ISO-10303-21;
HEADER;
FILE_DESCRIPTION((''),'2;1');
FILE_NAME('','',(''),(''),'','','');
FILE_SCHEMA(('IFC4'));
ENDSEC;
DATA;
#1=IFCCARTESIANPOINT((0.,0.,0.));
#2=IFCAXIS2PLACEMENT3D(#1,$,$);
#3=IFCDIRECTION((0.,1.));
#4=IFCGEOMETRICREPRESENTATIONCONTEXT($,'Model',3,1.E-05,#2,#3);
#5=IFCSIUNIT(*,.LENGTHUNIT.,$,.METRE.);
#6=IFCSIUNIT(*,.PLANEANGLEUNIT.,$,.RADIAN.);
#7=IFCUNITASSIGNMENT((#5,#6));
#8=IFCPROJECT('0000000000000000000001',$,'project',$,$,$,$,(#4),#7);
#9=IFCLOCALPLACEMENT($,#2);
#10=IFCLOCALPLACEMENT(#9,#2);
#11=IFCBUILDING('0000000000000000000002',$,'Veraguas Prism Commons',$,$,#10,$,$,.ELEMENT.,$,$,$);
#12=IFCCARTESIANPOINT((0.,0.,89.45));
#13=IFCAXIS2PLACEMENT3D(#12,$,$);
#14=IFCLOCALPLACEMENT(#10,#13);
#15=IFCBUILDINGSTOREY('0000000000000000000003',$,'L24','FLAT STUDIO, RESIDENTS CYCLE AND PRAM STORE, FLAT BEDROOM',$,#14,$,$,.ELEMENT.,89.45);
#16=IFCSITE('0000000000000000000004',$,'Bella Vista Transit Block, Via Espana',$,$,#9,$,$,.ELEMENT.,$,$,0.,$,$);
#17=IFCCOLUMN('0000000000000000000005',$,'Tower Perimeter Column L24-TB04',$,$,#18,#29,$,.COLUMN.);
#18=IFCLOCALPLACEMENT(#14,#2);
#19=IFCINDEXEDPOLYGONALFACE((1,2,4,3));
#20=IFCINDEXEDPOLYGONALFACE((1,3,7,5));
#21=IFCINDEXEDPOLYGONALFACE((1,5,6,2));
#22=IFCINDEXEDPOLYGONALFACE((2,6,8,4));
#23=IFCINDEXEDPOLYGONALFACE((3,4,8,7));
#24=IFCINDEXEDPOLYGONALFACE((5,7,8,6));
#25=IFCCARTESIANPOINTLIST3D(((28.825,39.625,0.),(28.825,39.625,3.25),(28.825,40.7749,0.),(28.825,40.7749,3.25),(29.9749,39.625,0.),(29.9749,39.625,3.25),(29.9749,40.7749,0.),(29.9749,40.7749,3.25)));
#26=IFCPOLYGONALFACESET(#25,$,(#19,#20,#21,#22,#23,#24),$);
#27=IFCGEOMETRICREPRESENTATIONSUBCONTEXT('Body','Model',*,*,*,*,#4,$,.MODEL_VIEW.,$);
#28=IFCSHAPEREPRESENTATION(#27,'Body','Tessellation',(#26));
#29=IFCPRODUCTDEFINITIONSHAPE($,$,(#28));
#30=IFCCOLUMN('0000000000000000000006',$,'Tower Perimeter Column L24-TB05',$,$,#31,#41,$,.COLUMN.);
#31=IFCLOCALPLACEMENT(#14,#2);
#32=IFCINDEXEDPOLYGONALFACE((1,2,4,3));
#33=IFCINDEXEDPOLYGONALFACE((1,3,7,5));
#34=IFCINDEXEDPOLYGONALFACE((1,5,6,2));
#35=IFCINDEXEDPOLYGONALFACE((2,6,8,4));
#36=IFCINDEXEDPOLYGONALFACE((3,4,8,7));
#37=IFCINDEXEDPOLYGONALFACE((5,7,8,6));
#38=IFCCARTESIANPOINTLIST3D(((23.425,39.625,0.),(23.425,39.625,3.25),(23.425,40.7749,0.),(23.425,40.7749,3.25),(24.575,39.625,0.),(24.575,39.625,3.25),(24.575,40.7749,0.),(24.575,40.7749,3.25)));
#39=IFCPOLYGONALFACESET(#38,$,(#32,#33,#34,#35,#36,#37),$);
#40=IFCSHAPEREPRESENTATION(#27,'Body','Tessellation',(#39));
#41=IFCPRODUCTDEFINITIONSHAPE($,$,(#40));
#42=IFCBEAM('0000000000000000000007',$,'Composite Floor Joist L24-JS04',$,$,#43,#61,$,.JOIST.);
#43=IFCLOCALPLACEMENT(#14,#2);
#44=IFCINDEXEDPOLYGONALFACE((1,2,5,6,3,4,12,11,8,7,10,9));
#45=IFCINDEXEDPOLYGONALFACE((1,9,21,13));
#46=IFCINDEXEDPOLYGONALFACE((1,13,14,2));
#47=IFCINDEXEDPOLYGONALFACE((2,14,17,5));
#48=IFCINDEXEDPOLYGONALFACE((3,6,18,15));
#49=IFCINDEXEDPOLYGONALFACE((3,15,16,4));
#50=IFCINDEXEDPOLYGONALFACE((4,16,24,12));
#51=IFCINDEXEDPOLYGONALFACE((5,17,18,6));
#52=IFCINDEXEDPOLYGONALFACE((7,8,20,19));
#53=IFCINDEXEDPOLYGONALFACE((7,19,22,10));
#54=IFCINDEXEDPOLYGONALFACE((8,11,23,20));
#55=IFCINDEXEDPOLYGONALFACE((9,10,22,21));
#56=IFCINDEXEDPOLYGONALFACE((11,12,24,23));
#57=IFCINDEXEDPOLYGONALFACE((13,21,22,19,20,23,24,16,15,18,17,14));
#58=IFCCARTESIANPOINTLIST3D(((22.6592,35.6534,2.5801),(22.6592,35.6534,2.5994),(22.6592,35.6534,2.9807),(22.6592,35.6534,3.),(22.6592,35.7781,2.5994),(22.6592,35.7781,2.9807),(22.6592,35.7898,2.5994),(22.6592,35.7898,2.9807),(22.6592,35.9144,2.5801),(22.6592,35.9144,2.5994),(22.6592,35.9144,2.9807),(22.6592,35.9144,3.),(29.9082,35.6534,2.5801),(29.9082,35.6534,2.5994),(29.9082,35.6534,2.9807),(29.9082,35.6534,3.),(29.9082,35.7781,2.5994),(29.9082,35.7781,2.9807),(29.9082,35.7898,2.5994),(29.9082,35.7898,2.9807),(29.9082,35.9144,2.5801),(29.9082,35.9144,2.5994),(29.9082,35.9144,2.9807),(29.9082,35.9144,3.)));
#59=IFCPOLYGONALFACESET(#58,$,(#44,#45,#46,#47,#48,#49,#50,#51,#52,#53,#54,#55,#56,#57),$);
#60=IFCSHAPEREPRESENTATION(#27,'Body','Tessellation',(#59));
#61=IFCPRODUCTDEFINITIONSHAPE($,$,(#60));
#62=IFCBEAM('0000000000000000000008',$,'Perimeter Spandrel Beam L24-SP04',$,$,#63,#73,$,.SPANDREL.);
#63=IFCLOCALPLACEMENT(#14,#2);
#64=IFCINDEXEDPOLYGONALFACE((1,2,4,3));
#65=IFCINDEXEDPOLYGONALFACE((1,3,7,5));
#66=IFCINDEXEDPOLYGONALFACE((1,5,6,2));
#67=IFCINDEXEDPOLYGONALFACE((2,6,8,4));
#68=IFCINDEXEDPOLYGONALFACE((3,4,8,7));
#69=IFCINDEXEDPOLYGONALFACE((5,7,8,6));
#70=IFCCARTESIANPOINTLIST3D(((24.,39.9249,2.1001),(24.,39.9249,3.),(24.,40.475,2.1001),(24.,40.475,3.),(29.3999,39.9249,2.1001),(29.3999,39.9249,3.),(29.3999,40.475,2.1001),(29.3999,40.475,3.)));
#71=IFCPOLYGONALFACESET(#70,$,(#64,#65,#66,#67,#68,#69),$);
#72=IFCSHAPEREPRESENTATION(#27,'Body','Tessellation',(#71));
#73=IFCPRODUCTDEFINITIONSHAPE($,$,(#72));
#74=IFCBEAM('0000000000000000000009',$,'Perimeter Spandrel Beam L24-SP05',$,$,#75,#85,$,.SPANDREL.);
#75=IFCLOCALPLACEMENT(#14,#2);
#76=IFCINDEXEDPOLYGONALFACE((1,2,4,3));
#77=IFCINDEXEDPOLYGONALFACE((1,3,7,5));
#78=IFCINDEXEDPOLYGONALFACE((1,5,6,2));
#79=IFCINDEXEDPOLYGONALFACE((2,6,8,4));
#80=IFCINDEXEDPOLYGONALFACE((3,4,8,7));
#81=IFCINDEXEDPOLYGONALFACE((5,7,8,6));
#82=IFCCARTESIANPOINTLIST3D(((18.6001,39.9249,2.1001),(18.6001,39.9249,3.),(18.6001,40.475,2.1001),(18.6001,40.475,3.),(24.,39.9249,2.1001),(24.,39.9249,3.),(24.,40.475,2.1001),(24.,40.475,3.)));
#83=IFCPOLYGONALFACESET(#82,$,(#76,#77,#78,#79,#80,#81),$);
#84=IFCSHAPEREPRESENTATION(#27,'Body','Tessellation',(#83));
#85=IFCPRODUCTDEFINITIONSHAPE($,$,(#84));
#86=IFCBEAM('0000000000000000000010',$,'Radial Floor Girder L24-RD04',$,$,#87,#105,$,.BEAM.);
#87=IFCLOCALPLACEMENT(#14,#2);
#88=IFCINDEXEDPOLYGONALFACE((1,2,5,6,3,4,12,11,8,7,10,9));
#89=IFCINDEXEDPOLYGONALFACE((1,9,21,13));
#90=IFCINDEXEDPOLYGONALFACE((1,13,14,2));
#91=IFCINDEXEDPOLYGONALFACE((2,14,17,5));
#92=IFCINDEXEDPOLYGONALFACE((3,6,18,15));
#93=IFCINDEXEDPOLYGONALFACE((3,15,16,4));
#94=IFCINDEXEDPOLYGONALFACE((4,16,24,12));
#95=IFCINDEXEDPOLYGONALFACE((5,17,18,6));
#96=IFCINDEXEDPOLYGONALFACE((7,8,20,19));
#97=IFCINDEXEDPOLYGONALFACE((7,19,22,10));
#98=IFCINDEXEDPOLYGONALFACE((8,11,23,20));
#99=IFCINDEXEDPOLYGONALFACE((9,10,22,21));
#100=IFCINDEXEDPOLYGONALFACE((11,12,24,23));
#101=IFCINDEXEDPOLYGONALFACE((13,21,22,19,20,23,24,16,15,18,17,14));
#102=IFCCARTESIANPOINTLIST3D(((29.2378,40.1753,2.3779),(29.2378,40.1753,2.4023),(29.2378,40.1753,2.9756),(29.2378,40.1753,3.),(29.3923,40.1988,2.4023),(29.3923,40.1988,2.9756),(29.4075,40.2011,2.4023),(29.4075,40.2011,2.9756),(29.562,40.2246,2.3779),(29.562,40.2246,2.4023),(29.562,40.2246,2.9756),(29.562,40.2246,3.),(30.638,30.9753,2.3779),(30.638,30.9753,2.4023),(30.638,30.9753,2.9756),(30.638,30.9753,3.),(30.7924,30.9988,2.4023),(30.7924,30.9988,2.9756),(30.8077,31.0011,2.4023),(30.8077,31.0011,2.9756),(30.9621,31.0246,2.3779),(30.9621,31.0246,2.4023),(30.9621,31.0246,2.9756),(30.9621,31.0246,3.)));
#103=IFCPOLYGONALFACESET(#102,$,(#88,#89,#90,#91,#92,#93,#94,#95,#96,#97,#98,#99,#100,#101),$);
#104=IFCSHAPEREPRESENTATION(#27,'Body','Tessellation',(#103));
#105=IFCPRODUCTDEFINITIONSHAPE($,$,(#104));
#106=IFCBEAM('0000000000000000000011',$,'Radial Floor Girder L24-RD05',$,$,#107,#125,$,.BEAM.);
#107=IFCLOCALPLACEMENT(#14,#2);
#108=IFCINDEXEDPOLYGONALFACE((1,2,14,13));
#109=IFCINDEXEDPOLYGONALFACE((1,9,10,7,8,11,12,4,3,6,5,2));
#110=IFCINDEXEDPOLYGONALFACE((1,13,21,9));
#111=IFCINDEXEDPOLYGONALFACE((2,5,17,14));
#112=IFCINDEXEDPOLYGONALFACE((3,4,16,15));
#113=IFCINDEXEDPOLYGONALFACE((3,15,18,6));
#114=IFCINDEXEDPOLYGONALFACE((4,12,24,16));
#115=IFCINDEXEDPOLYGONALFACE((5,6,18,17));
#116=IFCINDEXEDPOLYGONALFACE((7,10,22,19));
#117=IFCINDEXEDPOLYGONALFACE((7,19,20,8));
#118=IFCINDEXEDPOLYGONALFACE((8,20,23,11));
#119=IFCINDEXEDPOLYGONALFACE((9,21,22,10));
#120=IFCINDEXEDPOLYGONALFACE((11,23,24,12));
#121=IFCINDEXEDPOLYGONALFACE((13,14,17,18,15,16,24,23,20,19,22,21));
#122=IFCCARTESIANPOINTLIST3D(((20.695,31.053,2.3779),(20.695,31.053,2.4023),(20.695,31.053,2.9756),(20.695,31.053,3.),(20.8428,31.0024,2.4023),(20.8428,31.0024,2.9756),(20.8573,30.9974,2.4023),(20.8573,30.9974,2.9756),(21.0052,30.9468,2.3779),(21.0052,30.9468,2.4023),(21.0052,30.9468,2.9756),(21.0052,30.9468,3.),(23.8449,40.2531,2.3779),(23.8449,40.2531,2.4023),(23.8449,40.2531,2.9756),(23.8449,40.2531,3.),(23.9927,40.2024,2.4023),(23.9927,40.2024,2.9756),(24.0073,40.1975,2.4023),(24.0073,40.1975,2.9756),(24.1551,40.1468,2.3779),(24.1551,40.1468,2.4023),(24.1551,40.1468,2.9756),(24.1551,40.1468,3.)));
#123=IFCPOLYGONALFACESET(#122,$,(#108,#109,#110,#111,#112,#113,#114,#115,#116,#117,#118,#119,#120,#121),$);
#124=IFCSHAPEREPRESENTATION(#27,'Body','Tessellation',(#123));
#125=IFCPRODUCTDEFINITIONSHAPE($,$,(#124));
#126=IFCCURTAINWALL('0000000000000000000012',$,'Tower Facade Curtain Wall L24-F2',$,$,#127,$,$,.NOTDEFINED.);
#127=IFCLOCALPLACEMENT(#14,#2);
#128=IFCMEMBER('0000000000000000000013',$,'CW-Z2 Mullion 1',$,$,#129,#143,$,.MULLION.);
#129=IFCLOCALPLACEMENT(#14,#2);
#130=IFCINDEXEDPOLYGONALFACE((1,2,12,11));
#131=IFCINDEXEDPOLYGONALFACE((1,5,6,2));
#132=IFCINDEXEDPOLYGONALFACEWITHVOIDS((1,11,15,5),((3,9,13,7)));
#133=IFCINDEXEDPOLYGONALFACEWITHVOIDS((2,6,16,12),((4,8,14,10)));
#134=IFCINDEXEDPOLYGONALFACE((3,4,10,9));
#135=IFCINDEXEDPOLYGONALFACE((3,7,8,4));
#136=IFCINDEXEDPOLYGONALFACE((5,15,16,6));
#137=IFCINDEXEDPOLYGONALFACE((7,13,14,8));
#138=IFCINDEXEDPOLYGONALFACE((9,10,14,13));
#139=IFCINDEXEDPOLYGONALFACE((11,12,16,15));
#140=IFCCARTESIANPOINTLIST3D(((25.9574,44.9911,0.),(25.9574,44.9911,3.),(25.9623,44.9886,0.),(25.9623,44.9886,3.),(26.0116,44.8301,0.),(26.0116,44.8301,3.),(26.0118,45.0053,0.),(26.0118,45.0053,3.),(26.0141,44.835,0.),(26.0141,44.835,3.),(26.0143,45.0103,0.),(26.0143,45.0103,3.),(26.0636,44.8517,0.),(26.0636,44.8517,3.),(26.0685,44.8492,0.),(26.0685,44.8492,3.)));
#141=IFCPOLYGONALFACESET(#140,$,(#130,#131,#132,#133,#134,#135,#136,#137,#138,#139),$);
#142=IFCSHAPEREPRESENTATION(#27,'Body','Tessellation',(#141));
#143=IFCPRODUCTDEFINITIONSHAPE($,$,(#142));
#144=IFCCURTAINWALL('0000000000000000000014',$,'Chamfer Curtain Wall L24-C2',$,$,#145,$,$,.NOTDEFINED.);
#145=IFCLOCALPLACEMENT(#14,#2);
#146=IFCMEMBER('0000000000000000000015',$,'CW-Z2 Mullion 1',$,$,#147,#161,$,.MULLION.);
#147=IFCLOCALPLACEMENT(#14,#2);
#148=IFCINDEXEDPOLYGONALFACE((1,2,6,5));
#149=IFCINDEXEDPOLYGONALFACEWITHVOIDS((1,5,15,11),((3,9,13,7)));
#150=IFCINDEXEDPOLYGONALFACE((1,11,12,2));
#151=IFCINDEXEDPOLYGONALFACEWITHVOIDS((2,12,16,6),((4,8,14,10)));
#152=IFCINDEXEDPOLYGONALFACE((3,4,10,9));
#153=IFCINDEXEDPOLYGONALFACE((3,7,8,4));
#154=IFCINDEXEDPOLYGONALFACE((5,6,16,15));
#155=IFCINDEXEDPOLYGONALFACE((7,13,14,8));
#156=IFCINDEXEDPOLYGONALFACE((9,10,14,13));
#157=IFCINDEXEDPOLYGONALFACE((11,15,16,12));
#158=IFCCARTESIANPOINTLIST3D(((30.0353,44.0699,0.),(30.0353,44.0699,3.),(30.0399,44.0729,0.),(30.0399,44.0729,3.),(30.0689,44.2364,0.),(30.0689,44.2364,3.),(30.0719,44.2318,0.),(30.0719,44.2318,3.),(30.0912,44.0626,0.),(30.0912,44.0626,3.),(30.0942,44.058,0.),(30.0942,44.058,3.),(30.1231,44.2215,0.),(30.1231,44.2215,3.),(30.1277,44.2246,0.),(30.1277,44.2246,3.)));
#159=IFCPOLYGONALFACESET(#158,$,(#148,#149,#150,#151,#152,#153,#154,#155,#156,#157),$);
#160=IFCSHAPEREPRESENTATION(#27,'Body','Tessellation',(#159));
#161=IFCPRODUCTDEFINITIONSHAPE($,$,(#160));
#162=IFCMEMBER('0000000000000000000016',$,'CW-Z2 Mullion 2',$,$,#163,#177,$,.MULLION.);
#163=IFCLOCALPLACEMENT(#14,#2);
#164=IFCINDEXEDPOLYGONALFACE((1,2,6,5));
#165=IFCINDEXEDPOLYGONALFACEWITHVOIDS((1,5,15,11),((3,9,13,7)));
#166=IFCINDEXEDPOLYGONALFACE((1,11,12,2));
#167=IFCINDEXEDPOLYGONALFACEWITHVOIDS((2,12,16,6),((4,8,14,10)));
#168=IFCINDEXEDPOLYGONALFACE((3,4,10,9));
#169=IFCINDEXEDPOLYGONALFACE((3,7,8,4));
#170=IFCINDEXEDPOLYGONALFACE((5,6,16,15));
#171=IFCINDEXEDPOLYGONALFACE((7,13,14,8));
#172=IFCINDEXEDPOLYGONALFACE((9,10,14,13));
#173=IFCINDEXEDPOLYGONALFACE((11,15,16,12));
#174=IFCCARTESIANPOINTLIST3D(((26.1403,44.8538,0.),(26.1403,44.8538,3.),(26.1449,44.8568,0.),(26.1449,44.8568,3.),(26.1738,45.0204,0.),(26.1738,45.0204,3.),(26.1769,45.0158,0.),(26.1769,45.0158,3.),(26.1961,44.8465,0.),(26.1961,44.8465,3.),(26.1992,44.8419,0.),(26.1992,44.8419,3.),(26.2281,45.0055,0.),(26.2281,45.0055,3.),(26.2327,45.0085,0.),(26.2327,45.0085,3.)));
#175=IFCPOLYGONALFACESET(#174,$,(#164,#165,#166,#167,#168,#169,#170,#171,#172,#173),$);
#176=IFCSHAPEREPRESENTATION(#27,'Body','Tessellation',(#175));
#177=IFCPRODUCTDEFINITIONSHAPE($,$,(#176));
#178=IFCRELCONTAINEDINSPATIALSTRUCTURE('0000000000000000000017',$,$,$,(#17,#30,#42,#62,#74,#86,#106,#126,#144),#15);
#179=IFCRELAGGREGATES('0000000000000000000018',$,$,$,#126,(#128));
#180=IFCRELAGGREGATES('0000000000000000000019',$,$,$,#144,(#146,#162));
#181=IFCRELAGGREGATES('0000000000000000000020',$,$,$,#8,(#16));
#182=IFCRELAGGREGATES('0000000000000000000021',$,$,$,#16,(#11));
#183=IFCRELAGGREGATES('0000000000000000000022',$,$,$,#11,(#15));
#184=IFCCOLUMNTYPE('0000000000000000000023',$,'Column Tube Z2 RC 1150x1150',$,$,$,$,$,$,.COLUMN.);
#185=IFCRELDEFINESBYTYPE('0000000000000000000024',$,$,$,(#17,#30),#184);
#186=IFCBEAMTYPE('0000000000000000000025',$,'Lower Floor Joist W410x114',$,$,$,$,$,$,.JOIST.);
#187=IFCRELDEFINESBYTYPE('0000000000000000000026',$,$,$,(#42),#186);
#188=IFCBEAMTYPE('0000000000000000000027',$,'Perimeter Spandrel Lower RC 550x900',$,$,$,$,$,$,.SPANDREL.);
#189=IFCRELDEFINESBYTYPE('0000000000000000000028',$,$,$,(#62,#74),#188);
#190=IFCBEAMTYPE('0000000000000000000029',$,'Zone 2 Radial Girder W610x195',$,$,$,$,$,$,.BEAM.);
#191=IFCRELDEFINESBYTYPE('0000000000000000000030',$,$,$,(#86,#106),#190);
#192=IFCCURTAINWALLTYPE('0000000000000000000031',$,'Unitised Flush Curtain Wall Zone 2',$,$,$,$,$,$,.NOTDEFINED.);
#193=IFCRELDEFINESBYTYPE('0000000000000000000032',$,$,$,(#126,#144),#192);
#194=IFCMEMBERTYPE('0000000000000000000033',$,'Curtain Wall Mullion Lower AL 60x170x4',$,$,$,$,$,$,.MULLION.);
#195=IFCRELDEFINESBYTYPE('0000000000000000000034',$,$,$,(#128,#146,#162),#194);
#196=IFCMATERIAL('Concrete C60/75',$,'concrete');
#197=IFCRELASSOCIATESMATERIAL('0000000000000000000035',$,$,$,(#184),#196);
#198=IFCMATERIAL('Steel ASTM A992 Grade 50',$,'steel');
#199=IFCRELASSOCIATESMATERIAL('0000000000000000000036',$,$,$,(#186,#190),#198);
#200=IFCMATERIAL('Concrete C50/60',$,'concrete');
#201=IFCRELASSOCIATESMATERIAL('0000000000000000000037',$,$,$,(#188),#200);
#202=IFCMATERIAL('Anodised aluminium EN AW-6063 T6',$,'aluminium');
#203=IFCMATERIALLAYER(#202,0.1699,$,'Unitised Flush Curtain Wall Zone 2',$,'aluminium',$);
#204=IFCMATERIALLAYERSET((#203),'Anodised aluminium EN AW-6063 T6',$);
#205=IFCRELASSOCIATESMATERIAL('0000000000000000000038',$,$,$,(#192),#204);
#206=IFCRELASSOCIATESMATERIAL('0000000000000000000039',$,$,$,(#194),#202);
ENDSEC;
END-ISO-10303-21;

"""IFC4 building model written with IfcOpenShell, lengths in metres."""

from ifc_helpers import new_model, si_unit, direction, frame, origin, origin_2d, place, context, subcontext, project, spatial, rectangle, hollow_rectangle, i_section, extrude, source, transform, mapped, material, layer, layer_set, material_profile, profile_set, type_object, element, aggregate, save


model = new_model("IFC4")

# Units and contexts
model_context = context("Model", 3, precision=1e-05, world=origin(), true_north=direction((0.0, 1.0)))
body_context = subcontext(model_context, "Body", "Model", "MODEL_VIEW")
ifc_project = project(units=[si_unit("LENGTHUNIT", "METRE"), si_unit("PLANEANGLEUNIT", "RADIAN")], contexts=[model_context])

# Site, building, storey
site_placement = place(None, origin())
site = spatial("IfcSite", under=ifc_project, at=site_placement, Name="Bella Vista Transit Block, Via Espana", CompositionType="ELEMENT", RefElevation=0.0)
building_placement = place(site_placement, origin())
building = spatial("IfcBuilding", under=site, at=building_placement, Name="Veraguas Prism Commons", CompositionType="ELEMENT")
storey_placement = place(building_placement, frame((0.0, 0.0, 89.45)))
storey = spatial("IfcBuildingStorey", under=building, at=storey_placement, Name="L24", Description="FLAT STUDIO, RESIDENTS CYCLE AND PRAM STORE, FLAT BEDROOM", CompositionType="ELEMENT", Elevation=89.45)

# Columns
ifc_material_1 = material(Name="Concrete C60/75", Category="concrete")
ifc_material_profile_1 = material_profile(ifc_material_1, rectangle(XDim=1.1499, YDim=1.1499, at=origin_2d()), Name="RC1150X1150")
ifc_profile_set_1 = profile_set([ifc_material_profile_1], Name="Concrete C60/75")
column_type = type_object("IfcColumnType", Name="Column Tube Z2 RC 1150x1150", PredefinedType="COLUMN", material=ifc_profile_set_1)
for number, where, z_axis, x_axis, name in (
    (1, (29.3999, 40.2, 0.0), (0.0, 0.0, 1.0), (1.0, 0.0, 0.0), "Tower Perimeter Column L24-TB04"),
    (2, (24.0, 40.2, 0.0), (0.0, 0.0, 1.0), (1.0, 0.0, 0.0), "Tower Perimeter Column L24-TB05"),
):
    element("IfcColumn", number, at=place(storey_placement, frame(where, z_axis=z_axis, x_axis=x_axis)), inside=storey, type_object=column_type, Name=name, PredefinedType="COLUMN", context=body_context, shape_type="SweptSolid", body=[
        extrude(rectangle(XDim=1.1499, YDim=1.1499, at=origin_2d()), origin(), (0.0, 0.0, 1.0), 3.25),
    ])

# Beams
ifc_material_2 = material(Name="Steel ASTM A992 Grade 50", Category="steel")
ifc_material_profile_2 = material_profile(ifc_material_2, i_section(OverallWidth=0.261, OverallDepth=0.4199, WebThickness=0.0117, FlangeThickness=0.0193, at=origin_2d()), Name="W410X114")
ifc_profile_set_2 = profile_set([ifc_material_profile_2], Name="Steel ASTM A992 Grade 50")
beam_type_1 = type_object("IfcBeamType", Name="Lower Floor Joist W410x114", PredefinedType="JOIST", material=ifc_profile_set_2)
beam_1_placement = place(storey_placement, frame((29.9082, 35.7839, 2.79), z_axis=(-1.0, 0.0, 0.0), x_axis=(0.0, -1.0, 0.0)))
element("IfcBeam", 3, at=beam_1_placement, inside=storey, type_object=beam_type_1, Name="Composite Floor Joist L24-JS04", PredefinedType="JOIST", context=body_context, shape_type="SweptSolid", body=[
    extrude(i_section(OverallWidth=0.261, OverallDepth=0.4199, WebThickness=0.0117, FlangeThickness=0.0193, at=origin_2d()), origin(), (0.0, 0.0, 1.0), 7.249),
])
ifc_material_3 = material(Name="Concrete C50/60", Category="concrete")
ifc_material_profile_3 = material_profile(ifc_material_3, rectangle(XDim=0.55, YDim=0.8999, at=origin_2d()), Name="RC550X900")
ifc_profile_set_3 = profile_set([ifc_material_profile_3], Name="Concrete C50/60")
beam_type_2 = type_object("IfcBeamType", Name="Perimeter Spandrel Lower RC 550x900", PredefinedType="SPANDREL", material=ifc_profile_set_3)
for number, where, z_axis, x_axis, name in (
    (4, (29.3999, 40.2, 2.55), (-1.0, 0.0, 0.0), (0.0, -1.0, 0.0), "Perimeter Spandrel Beam L24-SP04"),
    (5, (24.0, 40.2, 2.55), (-1.0, 0.0, 0.0), (0.0, -1.0, 0.0), "Perimeter Spandrel Beam L24-SP05"),
):
    element("IfcBeam", number, at=place(storey_placement, frame(where, z_axis=z_axis, x_axis=x_axis)), inside=storey, type_object=beam_type_2, Name=name, PredefinedType="SPANDREL", context=body_context, shape_type="SweptSolid", body=[
        extrude(rectangle(XDim=0.55, YDim=0.8999, at=origin_2d()), origin(), (0.0, 0.0, 1.0), 5.3999),
    ])
ifc_material_profile_4 = material_profile(ifc_material_2, i_section(OverallWidth=0.3279, OverallDepth=0.6221, WebThickness=0.0154, FlangeThickness=0.0244, at=origin_2d()), Name="W610X195")
ifc_profile_set_4 = profile_set([ifc_material_profile_4], Name="Steel ASTM A992 Grade 50")
beam_type_3 = type_object("IfcBeamType", Name="Zone 2 Radial Girder W610x195", PredefinedType="BEAM", material=ifc_profile_set_4)
beam_2_placement = place(storey_placement, frame((29.3999, 40.2, 2.689), z_axis=(0.150458, -0.988616, 0.0), x_axis=(0.988616, 0.150458, 0.0)))
element("IfcBeam", 6, at=beam_2_placement, inside=storey, type_object=beam_type_3, Name="Radial Floor Girder L24-RD04", PredefinedType="BEAM", context=body_context, shape_type="SweptSolid", body=[
    extrude(i_section(OverallWidth=0.3279, OverallDepth=0.6221, WebThickness=0.0154, FlangeThickness=0.0244, at=origin_2d()), origin(), (0.0, 0.0, 1.0), 9.3059),
])
beam_3_placement = place(storey_placement, frame((24.0, 40.2, 2.689), z_axis=(-0.323922, -0.946084, 0.0), x_axis=(0.946084, -0.323922, 0.0)))
element("IfcBeam", 7, at=beam_3_placement, inside=storey, type_object=beam_type_3, Name="Radial Floor Girder L24-RD05", PredefinedType="BEAM", context=body_context, shape_type="SweptSolid", body=[
    extrude(i_section(OverallWidth=0.3279, OverallDepth=0.6221, WebThickness=0.0154, FlangeThickness=0.0244, at=origin_2d()), origin(), (0.0, 0.0, 1.0), 9.7244),
])

# Curtain wall, member
ifc_material_4 = material(Name="Anodised aluminium EN AW-6063 T6", Category="aluminium")
ifc_layer_1 = layer(ifc_material_4, 0.1699, Name="Unitised Flush Curtain Wall Zone 2", Category="aluminium")
ifc_layer_set_1 = layer_set([ifc_layer_1], Name="Anodised aluminium EN AW-6063 T6")
curtain_wall_type = type_object("IfcCurtainWallType", Name="Unitised Flush Curtain Wall Zone 2", PredefinedType="NOTDEFINED", material=ifc_layer_set_1)
curtain_wall_1_placement = place(storey_placement, origin())
curtain_wall_1 = element("IfcCurtainWall", 8, at=curtain_wall_1_placement, inside=storey, type_object=curtain_wall_type, Name="Tower Facade Curtain Wall L24-F2", PredefinedType="NOTDEFINED")
ifc_material_profile_5 = material_profile(ifc_material_4, hollow_rectangle(XDim=0.0601, YDim=0.1699, WallThickness=0.0039, at=origin_2d()), Name="AL60X170X4")
ifc_profile_set_5 = profile_set([ifc_material_profile_5], Name="Anodised aluminium EN AW-6063 T6")
member_type_1 = type_object("IfcMemberType", Name="Curtain Wall Mullion Lower AL 60x170x4", PredefinedType="MULLION", material=ifc_profile_set_5)
shared_shape_1 = source(origin(), body_context, "Body", "SweptSolid", [
    extrude(hollow_rectangle(XDim=0.0601, YDim=0.1699, WallThickness=0.0039, at=origin_2d()), origin(), (0.0, 0.0, 1.0), 3.0),
])
member_1_placement = place(storey_placement, frame((26.0129, 44.9202, 0.0), z_axis=(0.0, 0.0, 1.0), x_axis=(-0.947659, -0.319284, 0.0)))
member_1 = element("IfcMember", 9, at=member_1_placement, type_object=member_type_1, Name="CW-Z2 Mullion 1", PredefinedType="MULLION", context=body_context, shape_type="MappedRepresentation", body=[
    mapped(shared_shape_1, transform((0.0, 0.0, 0.0), scale=1.0)),
])

# Curtain wall, members
curtain_wall_2_placement = place(storey_placement, origin())
curtain_wall_2 = element("IfcCurtainWall", 10, at=curtain_wall_2_placement, inside=storey, type_object=curtain_wall_type, Name="Chamfer Curtain Wall L24-C2", PredefinedType="NOTDEFINED")
member_2_placement = place(storey_placement, frame((30.0815, 44.1472, 0.0), z_axis=(0.0, 0.0, 1.0), x_axis=(-0.98034, 0.197313, 0.0)))
member_2 = element("IfcMember", 11, at=member_2_placement, type_object=member_type_1, Name="CW-Z2 Mullion 1", PredefinedType="MULLION", context=body_context, shape_type="MappedRepresentation", body=[
    mapped(shared_shape_1, transform((0.0, 0.0, 0.0), scale=1.0)),
])
member_3_placement = place(storey_placement, frame((26.1865, 44.9312, 0.0), z_axis=(0.0, 0.0, 1.0), x_axis=(-0.98034, 0.197313, 0.0)))
member_3 = element("IfcMember", 12, at=member_3_placement, type_object=member_type_1, Name="CW-Z2 Mullion 2", PredefinedType="MULLION", context=body_context, shape_type="MappedRepresentation", body=[
    mapped(shared_shape_1, transform((0.0, 0.0, 0.0), scale=1.0)),
])

aggregate(curtain_wall_1, [member_1])
aggregate(curtain_wall_2, [member_2, member_3])

save(model, "model.ifc")
